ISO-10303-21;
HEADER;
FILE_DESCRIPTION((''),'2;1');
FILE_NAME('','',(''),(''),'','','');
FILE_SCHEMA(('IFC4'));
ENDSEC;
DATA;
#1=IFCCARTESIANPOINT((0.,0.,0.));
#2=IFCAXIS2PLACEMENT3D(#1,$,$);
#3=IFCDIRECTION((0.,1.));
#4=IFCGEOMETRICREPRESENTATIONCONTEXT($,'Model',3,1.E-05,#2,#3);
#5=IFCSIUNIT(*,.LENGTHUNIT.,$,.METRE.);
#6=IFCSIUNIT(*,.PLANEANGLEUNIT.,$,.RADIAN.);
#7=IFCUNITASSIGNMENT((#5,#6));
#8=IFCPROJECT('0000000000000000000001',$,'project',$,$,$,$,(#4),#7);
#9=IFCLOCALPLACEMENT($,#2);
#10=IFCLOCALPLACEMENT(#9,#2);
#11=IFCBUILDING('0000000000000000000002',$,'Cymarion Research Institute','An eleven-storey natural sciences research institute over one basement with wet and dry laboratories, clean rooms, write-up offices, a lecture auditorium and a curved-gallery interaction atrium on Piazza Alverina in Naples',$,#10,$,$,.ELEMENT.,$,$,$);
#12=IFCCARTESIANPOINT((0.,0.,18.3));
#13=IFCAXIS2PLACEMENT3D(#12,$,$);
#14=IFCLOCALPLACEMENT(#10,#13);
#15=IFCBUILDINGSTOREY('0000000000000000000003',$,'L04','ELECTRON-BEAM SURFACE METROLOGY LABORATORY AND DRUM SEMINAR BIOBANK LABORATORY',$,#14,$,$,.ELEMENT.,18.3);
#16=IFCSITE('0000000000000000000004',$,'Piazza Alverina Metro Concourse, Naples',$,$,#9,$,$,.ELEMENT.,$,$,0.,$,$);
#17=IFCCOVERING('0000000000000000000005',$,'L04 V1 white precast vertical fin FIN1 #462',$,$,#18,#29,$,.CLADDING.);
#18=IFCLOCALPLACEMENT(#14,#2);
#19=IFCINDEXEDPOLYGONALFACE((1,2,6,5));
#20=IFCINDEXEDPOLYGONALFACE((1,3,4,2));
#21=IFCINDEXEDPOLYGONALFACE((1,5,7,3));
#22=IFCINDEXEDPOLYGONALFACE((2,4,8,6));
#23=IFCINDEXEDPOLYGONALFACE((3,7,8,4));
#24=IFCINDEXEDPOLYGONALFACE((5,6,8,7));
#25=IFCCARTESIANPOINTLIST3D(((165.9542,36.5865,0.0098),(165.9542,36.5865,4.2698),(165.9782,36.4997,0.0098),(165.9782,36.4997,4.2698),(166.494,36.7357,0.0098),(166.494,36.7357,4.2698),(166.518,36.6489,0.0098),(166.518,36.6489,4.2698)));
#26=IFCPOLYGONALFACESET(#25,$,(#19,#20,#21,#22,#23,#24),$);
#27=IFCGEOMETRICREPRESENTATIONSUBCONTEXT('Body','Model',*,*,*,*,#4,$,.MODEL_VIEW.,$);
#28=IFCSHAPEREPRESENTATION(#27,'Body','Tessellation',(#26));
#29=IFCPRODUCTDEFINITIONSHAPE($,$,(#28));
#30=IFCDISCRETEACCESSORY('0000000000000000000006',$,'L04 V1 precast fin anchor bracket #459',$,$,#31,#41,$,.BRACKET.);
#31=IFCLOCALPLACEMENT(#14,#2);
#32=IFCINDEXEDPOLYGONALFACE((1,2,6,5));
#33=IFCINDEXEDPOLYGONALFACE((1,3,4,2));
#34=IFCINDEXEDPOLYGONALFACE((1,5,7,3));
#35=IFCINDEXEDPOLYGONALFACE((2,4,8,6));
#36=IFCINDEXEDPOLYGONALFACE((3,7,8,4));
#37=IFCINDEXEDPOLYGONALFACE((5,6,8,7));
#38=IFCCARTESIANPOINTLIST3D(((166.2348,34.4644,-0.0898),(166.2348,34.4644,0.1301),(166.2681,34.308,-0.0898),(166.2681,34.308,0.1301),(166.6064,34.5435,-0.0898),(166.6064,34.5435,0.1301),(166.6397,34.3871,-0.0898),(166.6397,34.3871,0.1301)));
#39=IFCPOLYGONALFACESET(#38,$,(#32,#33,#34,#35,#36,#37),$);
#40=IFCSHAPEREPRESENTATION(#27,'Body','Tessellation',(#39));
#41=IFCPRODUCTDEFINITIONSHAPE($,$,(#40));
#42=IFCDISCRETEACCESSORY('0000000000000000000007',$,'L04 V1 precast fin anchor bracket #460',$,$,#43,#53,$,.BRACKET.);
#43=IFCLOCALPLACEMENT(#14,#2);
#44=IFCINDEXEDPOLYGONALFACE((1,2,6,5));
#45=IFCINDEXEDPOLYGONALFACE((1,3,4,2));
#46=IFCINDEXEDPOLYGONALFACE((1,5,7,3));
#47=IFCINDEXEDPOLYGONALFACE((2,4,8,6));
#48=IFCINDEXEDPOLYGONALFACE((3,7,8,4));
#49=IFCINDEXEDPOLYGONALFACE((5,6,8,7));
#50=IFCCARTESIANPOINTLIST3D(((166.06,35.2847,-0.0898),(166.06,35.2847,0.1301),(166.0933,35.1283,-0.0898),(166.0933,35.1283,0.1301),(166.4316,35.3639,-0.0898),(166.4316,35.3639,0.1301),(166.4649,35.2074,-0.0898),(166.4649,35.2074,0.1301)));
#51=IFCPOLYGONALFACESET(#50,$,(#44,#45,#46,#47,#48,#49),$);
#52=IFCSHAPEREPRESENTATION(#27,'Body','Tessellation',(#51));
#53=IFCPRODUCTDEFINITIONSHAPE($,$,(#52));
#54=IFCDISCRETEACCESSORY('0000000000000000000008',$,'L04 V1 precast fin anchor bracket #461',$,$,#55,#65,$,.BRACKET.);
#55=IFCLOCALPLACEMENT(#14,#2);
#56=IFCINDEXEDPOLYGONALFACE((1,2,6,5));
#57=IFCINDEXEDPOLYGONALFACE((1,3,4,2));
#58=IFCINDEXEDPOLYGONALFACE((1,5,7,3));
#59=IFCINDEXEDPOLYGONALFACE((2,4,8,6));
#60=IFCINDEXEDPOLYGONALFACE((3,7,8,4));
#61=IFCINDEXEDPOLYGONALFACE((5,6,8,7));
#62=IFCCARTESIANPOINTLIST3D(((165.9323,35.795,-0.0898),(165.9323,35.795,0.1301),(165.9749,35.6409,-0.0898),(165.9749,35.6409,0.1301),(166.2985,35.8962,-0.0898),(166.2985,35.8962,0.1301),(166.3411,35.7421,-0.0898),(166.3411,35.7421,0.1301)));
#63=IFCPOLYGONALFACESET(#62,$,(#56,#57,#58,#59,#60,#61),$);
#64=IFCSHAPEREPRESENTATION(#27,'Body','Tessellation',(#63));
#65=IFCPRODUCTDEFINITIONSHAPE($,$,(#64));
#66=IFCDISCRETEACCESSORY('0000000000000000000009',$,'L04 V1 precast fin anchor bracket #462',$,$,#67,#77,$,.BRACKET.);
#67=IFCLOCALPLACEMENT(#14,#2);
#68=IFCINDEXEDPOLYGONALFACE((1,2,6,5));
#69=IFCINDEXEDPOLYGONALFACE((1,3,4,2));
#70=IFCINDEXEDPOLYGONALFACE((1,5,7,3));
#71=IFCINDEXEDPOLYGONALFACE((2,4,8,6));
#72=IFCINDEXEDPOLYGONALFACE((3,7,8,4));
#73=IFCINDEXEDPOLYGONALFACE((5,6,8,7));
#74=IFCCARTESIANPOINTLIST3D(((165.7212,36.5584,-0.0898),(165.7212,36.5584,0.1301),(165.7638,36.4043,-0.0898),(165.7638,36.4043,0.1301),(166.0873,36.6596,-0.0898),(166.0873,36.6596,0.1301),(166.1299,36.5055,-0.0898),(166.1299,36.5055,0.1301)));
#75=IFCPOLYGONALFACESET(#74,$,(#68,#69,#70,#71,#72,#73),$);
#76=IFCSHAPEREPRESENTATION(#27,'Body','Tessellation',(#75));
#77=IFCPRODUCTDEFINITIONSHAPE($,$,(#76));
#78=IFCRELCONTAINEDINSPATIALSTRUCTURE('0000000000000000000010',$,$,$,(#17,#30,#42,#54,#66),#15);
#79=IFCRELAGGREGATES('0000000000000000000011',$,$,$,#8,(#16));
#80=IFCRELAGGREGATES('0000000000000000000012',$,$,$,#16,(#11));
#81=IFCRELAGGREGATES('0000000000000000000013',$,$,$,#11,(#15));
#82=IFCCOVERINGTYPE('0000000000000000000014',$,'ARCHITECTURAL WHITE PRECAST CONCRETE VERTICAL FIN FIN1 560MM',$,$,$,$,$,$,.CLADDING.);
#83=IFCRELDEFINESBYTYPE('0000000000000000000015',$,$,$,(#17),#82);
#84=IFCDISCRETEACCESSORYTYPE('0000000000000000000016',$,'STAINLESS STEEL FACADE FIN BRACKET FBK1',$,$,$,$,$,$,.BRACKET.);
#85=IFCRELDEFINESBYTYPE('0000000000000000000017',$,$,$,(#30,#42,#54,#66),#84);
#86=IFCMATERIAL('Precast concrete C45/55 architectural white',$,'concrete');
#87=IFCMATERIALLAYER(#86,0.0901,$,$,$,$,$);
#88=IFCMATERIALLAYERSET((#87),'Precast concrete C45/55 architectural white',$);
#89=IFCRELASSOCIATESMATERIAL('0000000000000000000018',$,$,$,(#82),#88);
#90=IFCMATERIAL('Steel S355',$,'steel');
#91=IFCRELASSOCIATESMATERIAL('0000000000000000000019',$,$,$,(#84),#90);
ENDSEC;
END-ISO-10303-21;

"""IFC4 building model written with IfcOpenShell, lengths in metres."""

from ifc_helpers import new_model, si_unit, direction, frame, origin, origin_2d, place, context, subcontext, project, spatial, rectangle, extrude, material, layer, layer_set, type_object, element, save


model = new_model("IFC4")

# Units and contexts
model_context = context("Model", 3, precision=1e-05, world=origin(), true_north=direction((0.0, 1.0)))
body_context = subcontext(model_context, "Body", "Model", "MODEL_VIEW")
ifc_project = project(units=[si_unit("LENGTHUNIT", "METRE"), si_unit("PLANEANGLEUNIT", "RADIAN")], contexts=[model_context])

# Site, building, storey
site_placement = place(None, origin())
site = spatial("IfcSite", under=ifc_project, at=site_placement, Name="Piazza Alverina Metro Concourse, Naples", CompositionType="ELEMENT", RefElevation=0.0)
building_placement = place(site_placement, origin())
building = spatial("IfcBuilding", under=site, at=building_placement, Name="Cymarion Research Institute", Description="An eleven-storey natural sciences research institute over one basement with wet and dry laboratories, clean rooms, write-up offices, a lecture auditorium and a curved-gallery interaction atrium on Piazza Alverina in Naples", CompositionType="ELEMENT")
storey_placement = place(building_placement, frame((0.0, 0.0, 18.3)))
storey = spatial("IfcBuildingStorey", under=building, at=storey_placement, Name="L04", Description="ELECTRON-BEAM SURFACE METROLOGY LABORATORY AND DRUM SEMINAR BIOBANK LABORATORY", CompositionType="ELEMENT", Elevation=18.3)

# Shared definitions
ifc_material_1 = material(Name="Steel S355", Category="steel")

# Covering
ifc_material_2 = material(Name="Precast concrete C45/55 architectural white", Category="concrete")
ifc_layer_1 = layer(ifc_material_2, 0.0901)
ifc_layer_set_1 = layer_set([ifc_layer_1], Name="Precast concrete C45/55 architectural white")
covering_type = type_object("IfcCoveringType", Name="ARCHITECTURAL WHITE PRECAST CONCRETE VERTICAL FIN FIN1 560MM", PredefinedType="CLADDING", material=ifc_layer_set_1)
covering_placement = place(storey_placement, frame((166.2361, 36.6177, 0.0098), z_axis=(0.0, 0.0, 1.0), x_axis=(0.963863, 0.266397, 0.0)))
element("IfcCovering", 1, at=covering_placement, inside=storey, type_object=covering_type, Name="L04 V1 white precast vertical fin FIN1 #462", PredefinedType="CLADDING", context=body_context, shape_type="SweptSolid", body=[
    extrude(rectangle(XDim=0.5601, YDim=0.0901, at=origin_2d()), origin(), (0.0, 0.0, 1.0), 4.26),
])

# Discrete accessories
discrete_accessory_type = type_object("IfcDiscreteAccessoryType", Name="STAINLESS STEEL FACADE FIN BRACKET FBK1", PredefinedType="BRACKET", material=ifc_material_1)
for number, where, z_axis, x_axis, name in (
    (2, (166.4373, 34.4258, -0.0898), (0.0, 0.0, 1.0), (0.978075, 0.208253, 0.0), "L04 V1 precast fin anchor bracket #459"),
    (3, (166.2625, 35.2461, -0.0898), (0.0, 0.0, 1.0), (0.978075, 0.208253, 0.0), "L04 V1 precast fin anchor bracket #460"),
    (4, (166.1367, 35.7686, -0.0898), (0.0, 0.0, 1.0), (0.963863, 0.266397, 0.0), "L04 V1 precast fin anchor bracket #461"),
    (5, (165.9255, 36.532, -0.0898), (0.0, 0.0, 1.0), (0.963863, 0.266397, 0.0), "L04 V1 precast fin anchor bracket #462"),
):
    element("IfcDiscreteAccessory", number, at=place(storey_placement, frame(where, z_axis=z_axis, x_axis=x_axis)), inside=storey, type_object=discrete_accessory_type, Name=name, PredefinedType="BRACKET", context=body_context, shape_type="SweptSolid", body=[
        extrude(rectangle(XDim=0.3799, YDim=0.1599, at=origin_2d()), origin(), (0.0, 0.0, 1.0), 0.22),
    ])

save(model, "model.ifc")
